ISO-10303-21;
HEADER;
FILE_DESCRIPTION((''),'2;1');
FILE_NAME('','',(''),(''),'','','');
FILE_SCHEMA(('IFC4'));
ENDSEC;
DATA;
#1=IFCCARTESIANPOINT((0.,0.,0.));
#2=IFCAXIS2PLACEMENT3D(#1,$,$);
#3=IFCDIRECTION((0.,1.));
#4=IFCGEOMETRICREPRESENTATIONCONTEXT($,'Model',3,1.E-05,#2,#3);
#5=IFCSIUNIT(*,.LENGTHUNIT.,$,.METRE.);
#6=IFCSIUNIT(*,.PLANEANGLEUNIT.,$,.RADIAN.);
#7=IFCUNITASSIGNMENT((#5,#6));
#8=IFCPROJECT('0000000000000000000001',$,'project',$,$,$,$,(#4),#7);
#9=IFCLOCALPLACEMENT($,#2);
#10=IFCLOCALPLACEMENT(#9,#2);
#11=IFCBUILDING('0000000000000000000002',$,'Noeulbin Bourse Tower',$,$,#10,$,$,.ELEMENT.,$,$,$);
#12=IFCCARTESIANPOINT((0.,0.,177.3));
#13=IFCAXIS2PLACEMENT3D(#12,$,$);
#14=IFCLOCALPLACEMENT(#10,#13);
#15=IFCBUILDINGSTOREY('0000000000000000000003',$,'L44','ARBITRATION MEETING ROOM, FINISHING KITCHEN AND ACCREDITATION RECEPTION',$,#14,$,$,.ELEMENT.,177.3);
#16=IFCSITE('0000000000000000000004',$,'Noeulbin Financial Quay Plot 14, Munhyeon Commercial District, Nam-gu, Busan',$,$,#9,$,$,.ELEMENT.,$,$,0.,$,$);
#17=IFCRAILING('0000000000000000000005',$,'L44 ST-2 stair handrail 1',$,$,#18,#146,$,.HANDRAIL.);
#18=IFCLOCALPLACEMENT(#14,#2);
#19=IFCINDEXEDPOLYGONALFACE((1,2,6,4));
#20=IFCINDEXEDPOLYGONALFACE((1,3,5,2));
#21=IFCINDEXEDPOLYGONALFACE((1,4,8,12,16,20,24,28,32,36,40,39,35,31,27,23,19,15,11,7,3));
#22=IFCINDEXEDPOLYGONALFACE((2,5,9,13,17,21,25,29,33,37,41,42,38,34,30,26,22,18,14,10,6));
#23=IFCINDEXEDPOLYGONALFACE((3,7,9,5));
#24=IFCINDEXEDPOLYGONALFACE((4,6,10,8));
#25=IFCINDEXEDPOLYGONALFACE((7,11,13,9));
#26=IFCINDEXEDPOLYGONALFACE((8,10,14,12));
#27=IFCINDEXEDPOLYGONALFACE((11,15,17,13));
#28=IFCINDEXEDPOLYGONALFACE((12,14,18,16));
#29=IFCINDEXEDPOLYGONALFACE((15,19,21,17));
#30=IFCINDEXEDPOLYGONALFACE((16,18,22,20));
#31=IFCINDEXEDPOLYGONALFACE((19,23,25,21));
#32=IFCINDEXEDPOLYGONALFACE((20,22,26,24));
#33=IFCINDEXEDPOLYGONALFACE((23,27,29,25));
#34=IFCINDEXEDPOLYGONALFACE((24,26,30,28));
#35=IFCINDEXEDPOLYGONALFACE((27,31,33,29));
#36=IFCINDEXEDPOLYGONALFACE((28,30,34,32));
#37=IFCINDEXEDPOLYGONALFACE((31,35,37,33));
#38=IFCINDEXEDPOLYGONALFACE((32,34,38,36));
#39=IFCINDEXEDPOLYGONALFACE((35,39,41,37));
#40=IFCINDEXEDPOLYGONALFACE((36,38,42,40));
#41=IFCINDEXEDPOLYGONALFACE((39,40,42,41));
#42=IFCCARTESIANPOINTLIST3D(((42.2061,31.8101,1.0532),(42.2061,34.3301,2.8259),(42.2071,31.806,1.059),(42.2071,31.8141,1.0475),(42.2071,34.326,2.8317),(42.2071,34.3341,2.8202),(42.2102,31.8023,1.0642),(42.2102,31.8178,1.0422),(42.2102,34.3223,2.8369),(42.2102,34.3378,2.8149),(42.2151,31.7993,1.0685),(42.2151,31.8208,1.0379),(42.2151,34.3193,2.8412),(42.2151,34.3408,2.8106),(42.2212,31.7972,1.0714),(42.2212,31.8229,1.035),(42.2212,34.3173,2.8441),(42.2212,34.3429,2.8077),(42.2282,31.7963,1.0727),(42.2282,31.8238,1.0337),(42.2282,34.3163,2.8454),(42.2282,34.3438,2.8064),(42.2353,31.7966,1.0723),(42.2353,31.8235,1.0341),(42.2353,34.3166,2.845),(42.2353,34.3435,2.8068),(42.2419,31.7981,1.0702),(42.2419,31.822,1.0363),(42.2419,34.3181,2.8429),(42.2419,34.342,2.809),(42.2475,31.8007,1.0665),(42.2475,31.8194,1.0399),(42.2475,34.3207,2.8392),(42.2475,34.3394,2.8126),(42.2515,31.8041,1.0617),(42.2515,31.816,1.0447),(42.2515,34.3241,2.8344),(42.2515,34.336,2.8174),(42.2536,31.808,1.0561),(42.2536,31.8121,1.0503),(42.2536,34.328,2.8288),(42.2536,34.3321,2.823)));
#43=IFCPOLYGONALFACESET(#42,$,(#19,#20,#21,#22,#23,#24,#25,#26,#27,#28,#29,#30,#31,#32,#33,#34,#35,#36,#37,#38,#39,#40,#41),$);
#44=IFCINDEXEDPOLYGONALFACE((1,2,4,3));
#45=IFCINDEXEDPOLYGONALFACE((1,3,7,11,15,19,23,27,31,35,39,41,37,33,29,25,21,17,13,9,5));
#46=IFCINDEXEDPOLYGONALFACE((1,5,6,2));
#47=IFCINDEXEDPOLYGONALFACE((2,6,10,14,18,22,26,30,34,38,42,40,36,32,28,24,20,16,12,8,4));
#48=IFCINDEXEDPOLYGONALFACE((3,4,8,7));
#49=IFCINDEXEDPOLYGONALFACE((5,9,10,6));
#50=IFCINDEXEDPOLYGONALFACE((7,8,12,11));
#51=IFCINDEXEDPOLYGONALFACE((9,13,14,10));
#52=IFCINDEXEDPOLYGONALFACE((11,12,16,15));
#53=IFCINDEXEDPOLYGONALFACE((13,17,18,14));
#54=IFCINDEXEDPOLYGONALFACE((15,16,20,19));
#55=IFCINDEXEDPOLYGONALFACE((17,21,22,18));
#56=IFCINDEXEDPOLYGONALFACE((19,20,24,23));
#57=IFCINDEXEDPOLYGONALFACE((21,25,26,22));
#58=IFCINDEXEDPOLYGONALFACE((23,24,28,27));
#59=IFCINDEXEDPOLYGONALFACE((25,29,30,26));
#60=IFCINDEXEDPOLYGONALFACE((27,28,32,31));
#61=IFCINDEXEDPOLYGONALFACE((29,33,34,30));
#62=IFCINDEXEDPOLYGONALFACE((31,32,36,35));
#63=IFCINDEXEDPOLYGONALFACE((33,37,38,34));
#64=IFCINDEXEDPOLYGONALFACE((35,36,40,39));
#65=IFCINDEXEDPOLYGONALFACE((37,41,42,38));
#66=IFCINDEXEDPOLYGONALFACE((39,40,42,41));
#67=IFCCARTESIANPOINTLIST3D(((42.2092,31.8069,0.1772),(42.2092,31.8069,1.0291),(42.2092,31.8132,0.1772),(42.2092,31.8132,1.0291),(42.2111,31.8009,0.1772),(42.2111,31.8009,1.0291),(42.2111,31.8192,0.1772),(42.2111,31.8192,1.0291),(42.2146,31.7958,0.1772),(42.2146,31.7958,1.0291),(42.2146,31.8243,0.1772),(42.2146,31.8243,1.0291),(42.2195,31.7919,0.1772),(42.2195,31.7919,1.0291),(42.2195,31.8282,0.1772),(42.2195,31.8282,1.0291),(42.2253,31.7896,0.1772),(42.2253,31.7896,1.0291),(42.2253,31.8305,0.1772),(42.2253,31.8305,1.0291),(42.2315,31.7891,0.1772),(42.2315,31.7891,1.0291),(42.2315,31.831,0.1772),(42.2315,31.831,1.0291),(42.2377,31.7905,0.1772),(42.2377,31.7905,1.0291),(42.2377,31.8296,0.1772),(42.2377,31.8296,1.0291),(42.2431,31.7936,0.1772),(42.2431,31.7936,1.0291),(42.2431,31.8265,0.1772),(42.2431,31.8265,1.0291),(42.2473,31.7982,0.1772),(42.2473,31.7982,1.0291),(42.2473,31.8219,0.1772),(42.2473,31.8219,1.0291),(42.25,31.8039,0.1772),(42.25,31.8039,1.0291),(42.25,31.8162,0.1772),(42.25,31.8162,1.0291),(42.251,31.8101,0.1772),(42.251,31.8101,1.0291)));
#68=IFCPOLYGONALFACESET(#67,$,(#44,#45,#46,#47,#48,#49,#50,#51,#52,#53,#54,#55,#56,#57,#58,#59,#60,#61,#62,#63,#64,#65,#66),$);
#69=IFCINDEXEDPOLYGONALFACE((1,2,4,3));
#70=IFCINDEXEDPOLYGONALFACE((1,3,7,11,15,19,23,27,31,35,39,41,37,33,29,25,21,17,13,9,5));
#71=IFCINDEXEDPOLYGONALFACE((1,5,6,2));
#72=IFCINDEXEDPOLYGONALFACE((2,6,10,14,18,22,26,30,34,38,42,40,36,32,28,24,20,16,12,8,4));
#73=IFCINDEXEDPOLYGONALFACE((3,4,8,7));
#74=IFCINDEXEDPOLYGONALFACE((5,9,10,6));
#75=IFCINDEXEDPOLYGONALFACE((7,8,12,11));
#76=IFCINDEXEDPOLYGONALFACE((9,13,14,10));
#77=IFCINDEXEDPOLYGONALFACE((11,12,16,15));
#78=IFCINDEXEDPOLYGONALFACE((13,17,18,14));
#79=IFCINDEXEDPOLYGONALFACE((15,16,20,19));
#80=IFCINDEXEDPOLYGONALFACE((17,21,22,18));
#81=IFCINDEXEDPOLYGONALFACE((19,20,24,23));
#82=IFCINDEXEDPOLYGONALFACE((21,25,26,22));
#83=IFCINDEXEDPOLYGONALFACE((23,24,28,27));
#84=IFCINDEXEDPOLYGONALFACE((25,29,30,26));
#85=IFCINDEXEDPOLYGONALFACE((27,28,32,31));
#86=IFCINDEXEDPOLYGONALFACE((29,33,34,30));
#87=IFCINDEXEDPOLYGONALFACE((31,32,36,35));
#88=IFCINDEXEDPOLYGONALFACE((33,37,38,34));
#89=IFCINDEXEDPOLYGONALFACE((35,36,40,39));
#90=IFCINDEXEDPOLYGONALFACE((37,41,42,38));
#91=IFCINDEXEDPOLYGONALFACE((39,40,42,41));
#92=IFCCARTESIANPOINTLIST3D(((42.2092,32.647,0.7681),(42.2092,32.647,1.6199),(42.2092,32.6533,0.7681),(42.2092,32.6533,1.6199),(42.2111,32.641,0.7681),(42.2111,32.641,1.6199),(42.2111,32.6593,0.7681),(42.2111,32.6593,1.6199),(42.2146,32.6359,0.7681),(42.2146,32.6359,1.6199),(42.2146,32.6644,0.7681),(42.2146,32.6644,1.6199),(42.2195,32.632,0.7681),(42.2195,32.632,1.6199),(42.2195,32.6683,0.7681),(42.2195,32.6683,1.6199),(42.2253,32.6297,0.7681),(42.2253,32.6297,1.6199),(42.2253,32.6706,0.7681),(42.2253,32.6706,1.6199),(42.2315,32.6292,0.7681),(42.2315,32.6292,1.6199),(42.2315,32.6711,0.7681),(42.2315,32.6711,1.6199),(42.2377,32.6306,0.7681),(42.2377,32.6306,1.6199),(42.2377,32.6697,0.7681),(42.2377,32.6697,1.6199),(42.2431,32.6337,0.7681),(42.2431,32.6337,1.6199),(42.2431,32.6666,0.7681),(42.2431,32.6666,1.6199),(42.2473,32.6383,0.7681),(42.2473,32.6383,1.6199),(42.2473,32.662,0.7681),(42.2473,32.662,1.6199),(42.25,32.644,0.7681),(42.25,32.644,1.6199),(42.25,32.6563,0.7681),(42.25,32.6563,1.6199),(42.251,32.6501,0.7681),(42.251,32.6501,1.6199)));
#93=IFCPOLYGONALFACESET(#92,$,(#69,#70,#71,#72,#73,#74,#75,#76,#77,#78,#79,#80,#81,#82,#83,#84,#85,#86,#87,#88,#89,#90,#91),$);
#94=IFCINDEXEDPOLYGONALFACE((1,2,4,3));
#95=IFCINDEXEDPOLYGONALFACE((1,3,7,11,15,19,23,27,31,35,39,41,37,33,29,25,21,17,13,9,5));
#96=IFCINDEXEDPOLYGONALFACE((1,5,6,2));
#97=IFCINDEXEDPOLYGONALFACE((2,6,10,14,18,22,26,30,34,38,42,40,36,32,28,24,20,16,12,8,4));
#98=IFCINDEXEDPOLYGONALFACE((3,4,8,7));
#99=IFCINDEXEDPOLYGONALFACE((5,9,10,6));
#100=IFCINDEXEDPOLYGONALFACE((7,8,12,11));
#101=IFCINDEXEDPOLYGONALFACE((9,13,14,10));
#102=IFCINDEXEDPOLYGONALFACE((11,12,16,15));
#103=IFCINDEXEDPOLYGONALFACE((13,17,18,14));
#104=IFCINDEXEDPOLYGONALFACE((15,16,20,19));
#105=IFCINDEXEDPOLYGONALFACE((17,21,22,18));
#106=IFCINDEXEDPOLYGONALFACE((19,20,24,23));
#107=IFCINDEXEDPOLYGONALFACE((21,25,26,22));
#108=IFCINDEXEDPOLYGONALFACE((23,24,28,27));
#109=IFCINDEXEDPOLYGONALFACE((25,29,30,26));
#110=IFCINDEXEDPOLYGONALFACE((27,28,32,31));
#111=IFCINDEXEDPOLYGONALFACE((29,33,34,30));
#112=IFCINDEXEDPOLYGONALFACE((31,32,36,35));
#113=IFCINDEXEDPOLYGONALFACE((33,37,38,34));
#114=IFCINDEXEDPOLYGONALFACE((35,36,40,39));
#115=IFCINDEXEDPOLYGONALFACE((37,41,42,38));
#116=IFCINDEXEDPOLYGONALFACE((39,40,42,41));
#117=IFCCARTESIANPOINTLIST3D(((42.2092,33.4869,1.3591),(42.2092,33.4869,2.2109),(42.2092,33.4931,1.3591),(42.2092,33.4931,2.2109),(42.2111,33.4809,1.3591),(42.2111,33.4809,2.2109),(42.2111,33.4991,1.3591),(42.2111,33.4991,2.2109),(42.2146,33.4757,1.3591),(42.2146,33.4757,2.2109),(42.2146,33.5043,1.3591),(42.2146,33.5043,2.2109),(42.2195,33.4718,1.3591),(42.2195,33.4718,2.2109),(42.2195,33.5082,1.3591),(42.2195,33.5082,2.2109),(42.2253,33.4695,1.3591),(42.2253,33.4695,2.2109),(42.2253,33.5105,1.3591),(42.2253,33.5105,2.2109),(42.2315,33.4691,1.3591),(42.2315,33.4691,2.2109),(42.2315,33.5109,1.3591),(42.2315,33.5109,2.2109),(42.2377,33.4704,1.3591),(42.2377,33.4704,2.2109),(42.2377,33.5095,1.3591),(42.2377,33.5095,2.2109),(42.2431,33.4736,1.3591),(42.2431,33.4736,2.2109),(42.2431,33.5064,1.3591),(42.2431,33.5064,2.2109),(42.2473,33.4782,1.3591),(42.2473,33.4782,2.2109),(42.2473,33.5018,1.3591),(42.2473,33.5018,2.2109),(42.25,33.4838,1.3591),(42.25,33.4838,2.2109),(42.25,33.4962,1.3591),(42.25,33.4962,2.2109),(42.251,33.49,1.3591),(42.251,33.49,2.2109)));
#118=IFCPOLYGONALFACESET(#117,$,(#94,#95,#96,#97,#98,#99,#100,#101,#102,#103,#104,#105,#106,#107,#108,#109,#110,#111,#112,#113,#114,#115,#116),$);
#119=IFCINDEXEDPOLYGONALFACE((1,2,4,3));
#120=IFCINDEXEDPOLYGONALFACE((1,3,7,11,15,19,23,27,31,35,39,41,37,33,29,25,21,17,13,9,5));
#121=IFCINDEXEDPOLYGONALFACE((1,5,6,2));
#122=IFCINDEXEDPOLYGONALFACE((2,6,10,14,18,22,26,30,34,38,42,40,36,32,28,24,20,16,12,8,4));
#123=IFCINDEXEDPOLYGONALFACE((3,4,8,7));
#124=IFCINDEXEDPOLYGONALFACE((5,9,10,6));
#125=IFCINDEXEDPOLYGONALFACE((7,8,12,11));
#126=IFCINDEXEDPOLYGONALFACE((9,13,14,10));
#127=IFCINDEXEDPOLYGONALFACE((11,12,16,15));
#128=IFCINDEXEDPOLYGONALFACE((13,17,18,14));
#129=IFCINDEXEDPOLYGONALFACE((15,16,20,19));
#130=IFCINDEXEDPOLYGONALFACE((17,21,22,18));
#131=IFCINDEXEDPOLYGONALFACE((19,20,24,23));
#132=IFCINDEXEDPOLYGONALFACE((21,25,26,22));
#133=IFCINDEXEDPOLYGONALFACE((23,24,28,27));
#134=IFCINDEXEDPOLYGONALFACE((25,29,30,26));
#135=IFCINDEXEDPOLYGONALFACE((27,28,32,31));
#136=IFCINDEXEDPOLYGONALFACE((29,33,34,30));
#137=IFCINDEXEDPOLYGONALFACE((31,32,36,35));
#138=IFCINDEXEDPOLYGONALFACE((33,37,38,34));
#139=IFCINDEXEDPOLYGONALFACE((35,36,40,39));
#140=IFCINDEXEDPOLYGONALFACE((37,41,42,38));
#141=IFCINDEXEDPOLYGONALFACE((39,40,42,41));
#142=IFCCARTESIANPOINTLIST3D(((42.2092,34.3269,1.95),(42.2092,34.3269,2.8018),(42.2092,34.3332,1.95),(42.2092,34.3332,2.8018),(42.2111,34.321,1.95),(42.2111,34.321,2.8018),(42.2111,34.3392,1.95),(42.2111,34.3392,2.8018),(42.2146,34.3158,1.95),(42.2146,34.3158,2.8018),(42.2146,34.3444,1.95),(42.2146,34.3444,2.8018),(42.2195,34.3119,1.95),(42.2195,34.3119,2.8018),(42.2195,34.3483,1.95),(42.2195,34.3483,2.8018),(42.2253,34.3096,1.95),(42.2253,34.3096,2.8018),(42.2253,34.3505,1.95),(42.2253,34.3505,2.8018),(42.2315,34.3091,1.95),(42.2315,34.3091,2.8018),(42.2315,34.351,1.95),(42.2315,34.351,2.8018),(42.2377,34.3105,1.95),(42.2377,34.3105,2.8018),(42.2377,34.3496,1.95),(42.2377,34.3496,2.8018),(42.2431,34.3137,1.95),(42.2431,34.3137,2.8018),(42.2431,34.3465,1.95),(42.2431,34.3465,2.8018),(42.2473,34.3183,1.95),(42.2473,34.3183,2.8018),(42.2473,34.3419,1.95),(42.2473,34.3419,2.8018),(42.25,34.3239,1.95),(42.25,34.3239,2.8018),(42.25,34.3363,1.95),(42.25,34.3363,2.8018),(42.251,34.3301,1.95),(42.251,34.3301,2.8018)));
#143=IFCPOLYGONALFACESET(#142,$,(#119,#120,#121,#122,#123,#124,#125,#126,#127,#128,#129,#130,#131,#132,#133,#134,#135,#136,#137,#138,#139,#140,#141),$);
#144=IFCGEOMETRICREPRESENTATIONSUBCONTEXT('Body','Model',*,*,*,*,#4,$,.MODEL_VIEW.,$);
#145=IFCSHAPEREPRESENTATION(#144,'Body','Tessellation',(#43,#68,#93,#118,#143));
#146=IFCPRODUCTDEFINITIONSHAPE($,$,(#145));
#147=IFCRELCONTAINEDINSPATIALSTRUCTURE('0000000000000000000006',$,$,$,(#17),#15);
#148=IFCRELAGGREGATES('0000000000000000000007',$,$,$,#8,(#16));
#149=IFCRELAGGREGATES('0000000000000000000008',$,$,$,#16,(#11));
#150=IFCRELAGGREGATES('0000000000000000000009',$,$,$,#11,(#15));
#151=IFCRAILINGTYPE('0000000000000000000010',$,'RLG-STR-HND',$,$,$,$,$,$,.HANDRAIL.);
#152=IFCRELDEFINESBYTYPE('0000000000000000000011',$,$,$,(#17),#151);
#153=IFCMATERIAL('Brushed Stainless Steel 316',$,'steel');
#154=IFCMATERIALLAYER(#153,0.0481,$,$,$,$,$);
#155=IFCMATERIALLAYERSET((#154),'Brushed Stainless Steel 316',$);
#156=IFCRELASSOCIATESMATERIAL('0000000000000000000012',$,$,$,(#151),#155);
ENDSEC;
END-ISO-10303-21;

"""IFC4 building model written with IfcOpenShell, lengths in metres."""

from ifc_helpers import new_model, si_unit, direction, frame, origin, origin_2d, place, context, subcontext, project, spatial, circle, extrude, material, layer, layer_set, type_object, element, save


model = new_model("IFC4")

# Units and contexts
model_context = context("Model", 3, precision=1e-05, world=origin(), true_north=direction((0.0, 1.0)))
body_context = subcontext(model_context, "Body", "Model", "MODEL_VIEW")
ifc_project = project(units=[si_unit("LENGTHUNIT", "METRE"), si_unit("PLANEANGLEUNIT", "RADIAN")], contexts=[model_context])

# Site, building, storey
site_placement = place(None, origin())
site = spatial("IfcSite", under=ifc_project, at=site_placement, Name="Noeulbin Financial Quay Plot 14, Munhyeon Commercial District, Nam-gu, Busan", CompositionType="ELEMENT", RefElevation=0.0)
building_placement = place(site_placement, origin())
building = spatial("IfcBuilding", under=site, at=building_placement, Name="Noeulbin Bourse Tower", CompositionType="ELEMENT")
storey_placement = place(building_placement, frame((0.0, 0.0, 177.3)))
storey = spatial("IfcBuildingStorey", under=building, at=storey_placement, Name="L44", Description="ARBITRATION MEETING ROOM, FINISHING KITCHEN AND ACCREDITATION RECEPTION", CompositionType="ELEMENT", Elevation=177.3)

# Railing
ifc_material_1 = material(Name="Brushed Stainless Steel 316", Category="steel")
ifc_layer_1 = layer(ifc_material_1, 0.0481)
ifc_layer_set_1 = layer_set([ifc_layer_1], Name="Brushed Stainless Steel 316")
railing_type_1 = type_object("IfcRailingType", Name="RLG-STR-HND", PredefinedType="HANDRAIL", material=ifc_layer_set_1)
railing_1_placement = place(storey_placement, frame((42.23, 31.8101, 0.1772)))
element("IfcRailing", 1, at=railing_1_placement, inside=storey, type_object=railing_type_1, Name="L44 ST-2 stair handrail 1", PredefinedType="HANDRAIL", context=body_context, shape_type="SweptSolid", body=[
    extrude(circle(Radius=0.0239, at=origin_2d()), frame((0.0, 0.0, 0.876), z_axis=(0.0, 0.817904, 0.575354), x_axis=(-1.0, 0.0, 0.0)), (0.0, 0.0, 1.0), 3.0811),
    extrude(circle(Radius=0.021, at=origin_2d()), origin(), (0.0, 0.0, 1.0), 0.8518),
    extrude(circle(Radius=0.021, at=origin_2d()), frame((0.0, 0.8401, 0.5908)), (0.0, 0.0, 1.0), 0.8518),
    extrude(circle(Radius=0.021, at=origin_2d()), frame((0.0, 1.6799, 1.1819)), (0.0, 0.0, 1.0), 0.8518),
    extrude(circle(Radius=0.021, at=origin_2d()), frame((0.0, 2.52, 1.7727)), (0.0, 0.0, 1.0), 0.8518),
])

save(model, "model.ifc")
